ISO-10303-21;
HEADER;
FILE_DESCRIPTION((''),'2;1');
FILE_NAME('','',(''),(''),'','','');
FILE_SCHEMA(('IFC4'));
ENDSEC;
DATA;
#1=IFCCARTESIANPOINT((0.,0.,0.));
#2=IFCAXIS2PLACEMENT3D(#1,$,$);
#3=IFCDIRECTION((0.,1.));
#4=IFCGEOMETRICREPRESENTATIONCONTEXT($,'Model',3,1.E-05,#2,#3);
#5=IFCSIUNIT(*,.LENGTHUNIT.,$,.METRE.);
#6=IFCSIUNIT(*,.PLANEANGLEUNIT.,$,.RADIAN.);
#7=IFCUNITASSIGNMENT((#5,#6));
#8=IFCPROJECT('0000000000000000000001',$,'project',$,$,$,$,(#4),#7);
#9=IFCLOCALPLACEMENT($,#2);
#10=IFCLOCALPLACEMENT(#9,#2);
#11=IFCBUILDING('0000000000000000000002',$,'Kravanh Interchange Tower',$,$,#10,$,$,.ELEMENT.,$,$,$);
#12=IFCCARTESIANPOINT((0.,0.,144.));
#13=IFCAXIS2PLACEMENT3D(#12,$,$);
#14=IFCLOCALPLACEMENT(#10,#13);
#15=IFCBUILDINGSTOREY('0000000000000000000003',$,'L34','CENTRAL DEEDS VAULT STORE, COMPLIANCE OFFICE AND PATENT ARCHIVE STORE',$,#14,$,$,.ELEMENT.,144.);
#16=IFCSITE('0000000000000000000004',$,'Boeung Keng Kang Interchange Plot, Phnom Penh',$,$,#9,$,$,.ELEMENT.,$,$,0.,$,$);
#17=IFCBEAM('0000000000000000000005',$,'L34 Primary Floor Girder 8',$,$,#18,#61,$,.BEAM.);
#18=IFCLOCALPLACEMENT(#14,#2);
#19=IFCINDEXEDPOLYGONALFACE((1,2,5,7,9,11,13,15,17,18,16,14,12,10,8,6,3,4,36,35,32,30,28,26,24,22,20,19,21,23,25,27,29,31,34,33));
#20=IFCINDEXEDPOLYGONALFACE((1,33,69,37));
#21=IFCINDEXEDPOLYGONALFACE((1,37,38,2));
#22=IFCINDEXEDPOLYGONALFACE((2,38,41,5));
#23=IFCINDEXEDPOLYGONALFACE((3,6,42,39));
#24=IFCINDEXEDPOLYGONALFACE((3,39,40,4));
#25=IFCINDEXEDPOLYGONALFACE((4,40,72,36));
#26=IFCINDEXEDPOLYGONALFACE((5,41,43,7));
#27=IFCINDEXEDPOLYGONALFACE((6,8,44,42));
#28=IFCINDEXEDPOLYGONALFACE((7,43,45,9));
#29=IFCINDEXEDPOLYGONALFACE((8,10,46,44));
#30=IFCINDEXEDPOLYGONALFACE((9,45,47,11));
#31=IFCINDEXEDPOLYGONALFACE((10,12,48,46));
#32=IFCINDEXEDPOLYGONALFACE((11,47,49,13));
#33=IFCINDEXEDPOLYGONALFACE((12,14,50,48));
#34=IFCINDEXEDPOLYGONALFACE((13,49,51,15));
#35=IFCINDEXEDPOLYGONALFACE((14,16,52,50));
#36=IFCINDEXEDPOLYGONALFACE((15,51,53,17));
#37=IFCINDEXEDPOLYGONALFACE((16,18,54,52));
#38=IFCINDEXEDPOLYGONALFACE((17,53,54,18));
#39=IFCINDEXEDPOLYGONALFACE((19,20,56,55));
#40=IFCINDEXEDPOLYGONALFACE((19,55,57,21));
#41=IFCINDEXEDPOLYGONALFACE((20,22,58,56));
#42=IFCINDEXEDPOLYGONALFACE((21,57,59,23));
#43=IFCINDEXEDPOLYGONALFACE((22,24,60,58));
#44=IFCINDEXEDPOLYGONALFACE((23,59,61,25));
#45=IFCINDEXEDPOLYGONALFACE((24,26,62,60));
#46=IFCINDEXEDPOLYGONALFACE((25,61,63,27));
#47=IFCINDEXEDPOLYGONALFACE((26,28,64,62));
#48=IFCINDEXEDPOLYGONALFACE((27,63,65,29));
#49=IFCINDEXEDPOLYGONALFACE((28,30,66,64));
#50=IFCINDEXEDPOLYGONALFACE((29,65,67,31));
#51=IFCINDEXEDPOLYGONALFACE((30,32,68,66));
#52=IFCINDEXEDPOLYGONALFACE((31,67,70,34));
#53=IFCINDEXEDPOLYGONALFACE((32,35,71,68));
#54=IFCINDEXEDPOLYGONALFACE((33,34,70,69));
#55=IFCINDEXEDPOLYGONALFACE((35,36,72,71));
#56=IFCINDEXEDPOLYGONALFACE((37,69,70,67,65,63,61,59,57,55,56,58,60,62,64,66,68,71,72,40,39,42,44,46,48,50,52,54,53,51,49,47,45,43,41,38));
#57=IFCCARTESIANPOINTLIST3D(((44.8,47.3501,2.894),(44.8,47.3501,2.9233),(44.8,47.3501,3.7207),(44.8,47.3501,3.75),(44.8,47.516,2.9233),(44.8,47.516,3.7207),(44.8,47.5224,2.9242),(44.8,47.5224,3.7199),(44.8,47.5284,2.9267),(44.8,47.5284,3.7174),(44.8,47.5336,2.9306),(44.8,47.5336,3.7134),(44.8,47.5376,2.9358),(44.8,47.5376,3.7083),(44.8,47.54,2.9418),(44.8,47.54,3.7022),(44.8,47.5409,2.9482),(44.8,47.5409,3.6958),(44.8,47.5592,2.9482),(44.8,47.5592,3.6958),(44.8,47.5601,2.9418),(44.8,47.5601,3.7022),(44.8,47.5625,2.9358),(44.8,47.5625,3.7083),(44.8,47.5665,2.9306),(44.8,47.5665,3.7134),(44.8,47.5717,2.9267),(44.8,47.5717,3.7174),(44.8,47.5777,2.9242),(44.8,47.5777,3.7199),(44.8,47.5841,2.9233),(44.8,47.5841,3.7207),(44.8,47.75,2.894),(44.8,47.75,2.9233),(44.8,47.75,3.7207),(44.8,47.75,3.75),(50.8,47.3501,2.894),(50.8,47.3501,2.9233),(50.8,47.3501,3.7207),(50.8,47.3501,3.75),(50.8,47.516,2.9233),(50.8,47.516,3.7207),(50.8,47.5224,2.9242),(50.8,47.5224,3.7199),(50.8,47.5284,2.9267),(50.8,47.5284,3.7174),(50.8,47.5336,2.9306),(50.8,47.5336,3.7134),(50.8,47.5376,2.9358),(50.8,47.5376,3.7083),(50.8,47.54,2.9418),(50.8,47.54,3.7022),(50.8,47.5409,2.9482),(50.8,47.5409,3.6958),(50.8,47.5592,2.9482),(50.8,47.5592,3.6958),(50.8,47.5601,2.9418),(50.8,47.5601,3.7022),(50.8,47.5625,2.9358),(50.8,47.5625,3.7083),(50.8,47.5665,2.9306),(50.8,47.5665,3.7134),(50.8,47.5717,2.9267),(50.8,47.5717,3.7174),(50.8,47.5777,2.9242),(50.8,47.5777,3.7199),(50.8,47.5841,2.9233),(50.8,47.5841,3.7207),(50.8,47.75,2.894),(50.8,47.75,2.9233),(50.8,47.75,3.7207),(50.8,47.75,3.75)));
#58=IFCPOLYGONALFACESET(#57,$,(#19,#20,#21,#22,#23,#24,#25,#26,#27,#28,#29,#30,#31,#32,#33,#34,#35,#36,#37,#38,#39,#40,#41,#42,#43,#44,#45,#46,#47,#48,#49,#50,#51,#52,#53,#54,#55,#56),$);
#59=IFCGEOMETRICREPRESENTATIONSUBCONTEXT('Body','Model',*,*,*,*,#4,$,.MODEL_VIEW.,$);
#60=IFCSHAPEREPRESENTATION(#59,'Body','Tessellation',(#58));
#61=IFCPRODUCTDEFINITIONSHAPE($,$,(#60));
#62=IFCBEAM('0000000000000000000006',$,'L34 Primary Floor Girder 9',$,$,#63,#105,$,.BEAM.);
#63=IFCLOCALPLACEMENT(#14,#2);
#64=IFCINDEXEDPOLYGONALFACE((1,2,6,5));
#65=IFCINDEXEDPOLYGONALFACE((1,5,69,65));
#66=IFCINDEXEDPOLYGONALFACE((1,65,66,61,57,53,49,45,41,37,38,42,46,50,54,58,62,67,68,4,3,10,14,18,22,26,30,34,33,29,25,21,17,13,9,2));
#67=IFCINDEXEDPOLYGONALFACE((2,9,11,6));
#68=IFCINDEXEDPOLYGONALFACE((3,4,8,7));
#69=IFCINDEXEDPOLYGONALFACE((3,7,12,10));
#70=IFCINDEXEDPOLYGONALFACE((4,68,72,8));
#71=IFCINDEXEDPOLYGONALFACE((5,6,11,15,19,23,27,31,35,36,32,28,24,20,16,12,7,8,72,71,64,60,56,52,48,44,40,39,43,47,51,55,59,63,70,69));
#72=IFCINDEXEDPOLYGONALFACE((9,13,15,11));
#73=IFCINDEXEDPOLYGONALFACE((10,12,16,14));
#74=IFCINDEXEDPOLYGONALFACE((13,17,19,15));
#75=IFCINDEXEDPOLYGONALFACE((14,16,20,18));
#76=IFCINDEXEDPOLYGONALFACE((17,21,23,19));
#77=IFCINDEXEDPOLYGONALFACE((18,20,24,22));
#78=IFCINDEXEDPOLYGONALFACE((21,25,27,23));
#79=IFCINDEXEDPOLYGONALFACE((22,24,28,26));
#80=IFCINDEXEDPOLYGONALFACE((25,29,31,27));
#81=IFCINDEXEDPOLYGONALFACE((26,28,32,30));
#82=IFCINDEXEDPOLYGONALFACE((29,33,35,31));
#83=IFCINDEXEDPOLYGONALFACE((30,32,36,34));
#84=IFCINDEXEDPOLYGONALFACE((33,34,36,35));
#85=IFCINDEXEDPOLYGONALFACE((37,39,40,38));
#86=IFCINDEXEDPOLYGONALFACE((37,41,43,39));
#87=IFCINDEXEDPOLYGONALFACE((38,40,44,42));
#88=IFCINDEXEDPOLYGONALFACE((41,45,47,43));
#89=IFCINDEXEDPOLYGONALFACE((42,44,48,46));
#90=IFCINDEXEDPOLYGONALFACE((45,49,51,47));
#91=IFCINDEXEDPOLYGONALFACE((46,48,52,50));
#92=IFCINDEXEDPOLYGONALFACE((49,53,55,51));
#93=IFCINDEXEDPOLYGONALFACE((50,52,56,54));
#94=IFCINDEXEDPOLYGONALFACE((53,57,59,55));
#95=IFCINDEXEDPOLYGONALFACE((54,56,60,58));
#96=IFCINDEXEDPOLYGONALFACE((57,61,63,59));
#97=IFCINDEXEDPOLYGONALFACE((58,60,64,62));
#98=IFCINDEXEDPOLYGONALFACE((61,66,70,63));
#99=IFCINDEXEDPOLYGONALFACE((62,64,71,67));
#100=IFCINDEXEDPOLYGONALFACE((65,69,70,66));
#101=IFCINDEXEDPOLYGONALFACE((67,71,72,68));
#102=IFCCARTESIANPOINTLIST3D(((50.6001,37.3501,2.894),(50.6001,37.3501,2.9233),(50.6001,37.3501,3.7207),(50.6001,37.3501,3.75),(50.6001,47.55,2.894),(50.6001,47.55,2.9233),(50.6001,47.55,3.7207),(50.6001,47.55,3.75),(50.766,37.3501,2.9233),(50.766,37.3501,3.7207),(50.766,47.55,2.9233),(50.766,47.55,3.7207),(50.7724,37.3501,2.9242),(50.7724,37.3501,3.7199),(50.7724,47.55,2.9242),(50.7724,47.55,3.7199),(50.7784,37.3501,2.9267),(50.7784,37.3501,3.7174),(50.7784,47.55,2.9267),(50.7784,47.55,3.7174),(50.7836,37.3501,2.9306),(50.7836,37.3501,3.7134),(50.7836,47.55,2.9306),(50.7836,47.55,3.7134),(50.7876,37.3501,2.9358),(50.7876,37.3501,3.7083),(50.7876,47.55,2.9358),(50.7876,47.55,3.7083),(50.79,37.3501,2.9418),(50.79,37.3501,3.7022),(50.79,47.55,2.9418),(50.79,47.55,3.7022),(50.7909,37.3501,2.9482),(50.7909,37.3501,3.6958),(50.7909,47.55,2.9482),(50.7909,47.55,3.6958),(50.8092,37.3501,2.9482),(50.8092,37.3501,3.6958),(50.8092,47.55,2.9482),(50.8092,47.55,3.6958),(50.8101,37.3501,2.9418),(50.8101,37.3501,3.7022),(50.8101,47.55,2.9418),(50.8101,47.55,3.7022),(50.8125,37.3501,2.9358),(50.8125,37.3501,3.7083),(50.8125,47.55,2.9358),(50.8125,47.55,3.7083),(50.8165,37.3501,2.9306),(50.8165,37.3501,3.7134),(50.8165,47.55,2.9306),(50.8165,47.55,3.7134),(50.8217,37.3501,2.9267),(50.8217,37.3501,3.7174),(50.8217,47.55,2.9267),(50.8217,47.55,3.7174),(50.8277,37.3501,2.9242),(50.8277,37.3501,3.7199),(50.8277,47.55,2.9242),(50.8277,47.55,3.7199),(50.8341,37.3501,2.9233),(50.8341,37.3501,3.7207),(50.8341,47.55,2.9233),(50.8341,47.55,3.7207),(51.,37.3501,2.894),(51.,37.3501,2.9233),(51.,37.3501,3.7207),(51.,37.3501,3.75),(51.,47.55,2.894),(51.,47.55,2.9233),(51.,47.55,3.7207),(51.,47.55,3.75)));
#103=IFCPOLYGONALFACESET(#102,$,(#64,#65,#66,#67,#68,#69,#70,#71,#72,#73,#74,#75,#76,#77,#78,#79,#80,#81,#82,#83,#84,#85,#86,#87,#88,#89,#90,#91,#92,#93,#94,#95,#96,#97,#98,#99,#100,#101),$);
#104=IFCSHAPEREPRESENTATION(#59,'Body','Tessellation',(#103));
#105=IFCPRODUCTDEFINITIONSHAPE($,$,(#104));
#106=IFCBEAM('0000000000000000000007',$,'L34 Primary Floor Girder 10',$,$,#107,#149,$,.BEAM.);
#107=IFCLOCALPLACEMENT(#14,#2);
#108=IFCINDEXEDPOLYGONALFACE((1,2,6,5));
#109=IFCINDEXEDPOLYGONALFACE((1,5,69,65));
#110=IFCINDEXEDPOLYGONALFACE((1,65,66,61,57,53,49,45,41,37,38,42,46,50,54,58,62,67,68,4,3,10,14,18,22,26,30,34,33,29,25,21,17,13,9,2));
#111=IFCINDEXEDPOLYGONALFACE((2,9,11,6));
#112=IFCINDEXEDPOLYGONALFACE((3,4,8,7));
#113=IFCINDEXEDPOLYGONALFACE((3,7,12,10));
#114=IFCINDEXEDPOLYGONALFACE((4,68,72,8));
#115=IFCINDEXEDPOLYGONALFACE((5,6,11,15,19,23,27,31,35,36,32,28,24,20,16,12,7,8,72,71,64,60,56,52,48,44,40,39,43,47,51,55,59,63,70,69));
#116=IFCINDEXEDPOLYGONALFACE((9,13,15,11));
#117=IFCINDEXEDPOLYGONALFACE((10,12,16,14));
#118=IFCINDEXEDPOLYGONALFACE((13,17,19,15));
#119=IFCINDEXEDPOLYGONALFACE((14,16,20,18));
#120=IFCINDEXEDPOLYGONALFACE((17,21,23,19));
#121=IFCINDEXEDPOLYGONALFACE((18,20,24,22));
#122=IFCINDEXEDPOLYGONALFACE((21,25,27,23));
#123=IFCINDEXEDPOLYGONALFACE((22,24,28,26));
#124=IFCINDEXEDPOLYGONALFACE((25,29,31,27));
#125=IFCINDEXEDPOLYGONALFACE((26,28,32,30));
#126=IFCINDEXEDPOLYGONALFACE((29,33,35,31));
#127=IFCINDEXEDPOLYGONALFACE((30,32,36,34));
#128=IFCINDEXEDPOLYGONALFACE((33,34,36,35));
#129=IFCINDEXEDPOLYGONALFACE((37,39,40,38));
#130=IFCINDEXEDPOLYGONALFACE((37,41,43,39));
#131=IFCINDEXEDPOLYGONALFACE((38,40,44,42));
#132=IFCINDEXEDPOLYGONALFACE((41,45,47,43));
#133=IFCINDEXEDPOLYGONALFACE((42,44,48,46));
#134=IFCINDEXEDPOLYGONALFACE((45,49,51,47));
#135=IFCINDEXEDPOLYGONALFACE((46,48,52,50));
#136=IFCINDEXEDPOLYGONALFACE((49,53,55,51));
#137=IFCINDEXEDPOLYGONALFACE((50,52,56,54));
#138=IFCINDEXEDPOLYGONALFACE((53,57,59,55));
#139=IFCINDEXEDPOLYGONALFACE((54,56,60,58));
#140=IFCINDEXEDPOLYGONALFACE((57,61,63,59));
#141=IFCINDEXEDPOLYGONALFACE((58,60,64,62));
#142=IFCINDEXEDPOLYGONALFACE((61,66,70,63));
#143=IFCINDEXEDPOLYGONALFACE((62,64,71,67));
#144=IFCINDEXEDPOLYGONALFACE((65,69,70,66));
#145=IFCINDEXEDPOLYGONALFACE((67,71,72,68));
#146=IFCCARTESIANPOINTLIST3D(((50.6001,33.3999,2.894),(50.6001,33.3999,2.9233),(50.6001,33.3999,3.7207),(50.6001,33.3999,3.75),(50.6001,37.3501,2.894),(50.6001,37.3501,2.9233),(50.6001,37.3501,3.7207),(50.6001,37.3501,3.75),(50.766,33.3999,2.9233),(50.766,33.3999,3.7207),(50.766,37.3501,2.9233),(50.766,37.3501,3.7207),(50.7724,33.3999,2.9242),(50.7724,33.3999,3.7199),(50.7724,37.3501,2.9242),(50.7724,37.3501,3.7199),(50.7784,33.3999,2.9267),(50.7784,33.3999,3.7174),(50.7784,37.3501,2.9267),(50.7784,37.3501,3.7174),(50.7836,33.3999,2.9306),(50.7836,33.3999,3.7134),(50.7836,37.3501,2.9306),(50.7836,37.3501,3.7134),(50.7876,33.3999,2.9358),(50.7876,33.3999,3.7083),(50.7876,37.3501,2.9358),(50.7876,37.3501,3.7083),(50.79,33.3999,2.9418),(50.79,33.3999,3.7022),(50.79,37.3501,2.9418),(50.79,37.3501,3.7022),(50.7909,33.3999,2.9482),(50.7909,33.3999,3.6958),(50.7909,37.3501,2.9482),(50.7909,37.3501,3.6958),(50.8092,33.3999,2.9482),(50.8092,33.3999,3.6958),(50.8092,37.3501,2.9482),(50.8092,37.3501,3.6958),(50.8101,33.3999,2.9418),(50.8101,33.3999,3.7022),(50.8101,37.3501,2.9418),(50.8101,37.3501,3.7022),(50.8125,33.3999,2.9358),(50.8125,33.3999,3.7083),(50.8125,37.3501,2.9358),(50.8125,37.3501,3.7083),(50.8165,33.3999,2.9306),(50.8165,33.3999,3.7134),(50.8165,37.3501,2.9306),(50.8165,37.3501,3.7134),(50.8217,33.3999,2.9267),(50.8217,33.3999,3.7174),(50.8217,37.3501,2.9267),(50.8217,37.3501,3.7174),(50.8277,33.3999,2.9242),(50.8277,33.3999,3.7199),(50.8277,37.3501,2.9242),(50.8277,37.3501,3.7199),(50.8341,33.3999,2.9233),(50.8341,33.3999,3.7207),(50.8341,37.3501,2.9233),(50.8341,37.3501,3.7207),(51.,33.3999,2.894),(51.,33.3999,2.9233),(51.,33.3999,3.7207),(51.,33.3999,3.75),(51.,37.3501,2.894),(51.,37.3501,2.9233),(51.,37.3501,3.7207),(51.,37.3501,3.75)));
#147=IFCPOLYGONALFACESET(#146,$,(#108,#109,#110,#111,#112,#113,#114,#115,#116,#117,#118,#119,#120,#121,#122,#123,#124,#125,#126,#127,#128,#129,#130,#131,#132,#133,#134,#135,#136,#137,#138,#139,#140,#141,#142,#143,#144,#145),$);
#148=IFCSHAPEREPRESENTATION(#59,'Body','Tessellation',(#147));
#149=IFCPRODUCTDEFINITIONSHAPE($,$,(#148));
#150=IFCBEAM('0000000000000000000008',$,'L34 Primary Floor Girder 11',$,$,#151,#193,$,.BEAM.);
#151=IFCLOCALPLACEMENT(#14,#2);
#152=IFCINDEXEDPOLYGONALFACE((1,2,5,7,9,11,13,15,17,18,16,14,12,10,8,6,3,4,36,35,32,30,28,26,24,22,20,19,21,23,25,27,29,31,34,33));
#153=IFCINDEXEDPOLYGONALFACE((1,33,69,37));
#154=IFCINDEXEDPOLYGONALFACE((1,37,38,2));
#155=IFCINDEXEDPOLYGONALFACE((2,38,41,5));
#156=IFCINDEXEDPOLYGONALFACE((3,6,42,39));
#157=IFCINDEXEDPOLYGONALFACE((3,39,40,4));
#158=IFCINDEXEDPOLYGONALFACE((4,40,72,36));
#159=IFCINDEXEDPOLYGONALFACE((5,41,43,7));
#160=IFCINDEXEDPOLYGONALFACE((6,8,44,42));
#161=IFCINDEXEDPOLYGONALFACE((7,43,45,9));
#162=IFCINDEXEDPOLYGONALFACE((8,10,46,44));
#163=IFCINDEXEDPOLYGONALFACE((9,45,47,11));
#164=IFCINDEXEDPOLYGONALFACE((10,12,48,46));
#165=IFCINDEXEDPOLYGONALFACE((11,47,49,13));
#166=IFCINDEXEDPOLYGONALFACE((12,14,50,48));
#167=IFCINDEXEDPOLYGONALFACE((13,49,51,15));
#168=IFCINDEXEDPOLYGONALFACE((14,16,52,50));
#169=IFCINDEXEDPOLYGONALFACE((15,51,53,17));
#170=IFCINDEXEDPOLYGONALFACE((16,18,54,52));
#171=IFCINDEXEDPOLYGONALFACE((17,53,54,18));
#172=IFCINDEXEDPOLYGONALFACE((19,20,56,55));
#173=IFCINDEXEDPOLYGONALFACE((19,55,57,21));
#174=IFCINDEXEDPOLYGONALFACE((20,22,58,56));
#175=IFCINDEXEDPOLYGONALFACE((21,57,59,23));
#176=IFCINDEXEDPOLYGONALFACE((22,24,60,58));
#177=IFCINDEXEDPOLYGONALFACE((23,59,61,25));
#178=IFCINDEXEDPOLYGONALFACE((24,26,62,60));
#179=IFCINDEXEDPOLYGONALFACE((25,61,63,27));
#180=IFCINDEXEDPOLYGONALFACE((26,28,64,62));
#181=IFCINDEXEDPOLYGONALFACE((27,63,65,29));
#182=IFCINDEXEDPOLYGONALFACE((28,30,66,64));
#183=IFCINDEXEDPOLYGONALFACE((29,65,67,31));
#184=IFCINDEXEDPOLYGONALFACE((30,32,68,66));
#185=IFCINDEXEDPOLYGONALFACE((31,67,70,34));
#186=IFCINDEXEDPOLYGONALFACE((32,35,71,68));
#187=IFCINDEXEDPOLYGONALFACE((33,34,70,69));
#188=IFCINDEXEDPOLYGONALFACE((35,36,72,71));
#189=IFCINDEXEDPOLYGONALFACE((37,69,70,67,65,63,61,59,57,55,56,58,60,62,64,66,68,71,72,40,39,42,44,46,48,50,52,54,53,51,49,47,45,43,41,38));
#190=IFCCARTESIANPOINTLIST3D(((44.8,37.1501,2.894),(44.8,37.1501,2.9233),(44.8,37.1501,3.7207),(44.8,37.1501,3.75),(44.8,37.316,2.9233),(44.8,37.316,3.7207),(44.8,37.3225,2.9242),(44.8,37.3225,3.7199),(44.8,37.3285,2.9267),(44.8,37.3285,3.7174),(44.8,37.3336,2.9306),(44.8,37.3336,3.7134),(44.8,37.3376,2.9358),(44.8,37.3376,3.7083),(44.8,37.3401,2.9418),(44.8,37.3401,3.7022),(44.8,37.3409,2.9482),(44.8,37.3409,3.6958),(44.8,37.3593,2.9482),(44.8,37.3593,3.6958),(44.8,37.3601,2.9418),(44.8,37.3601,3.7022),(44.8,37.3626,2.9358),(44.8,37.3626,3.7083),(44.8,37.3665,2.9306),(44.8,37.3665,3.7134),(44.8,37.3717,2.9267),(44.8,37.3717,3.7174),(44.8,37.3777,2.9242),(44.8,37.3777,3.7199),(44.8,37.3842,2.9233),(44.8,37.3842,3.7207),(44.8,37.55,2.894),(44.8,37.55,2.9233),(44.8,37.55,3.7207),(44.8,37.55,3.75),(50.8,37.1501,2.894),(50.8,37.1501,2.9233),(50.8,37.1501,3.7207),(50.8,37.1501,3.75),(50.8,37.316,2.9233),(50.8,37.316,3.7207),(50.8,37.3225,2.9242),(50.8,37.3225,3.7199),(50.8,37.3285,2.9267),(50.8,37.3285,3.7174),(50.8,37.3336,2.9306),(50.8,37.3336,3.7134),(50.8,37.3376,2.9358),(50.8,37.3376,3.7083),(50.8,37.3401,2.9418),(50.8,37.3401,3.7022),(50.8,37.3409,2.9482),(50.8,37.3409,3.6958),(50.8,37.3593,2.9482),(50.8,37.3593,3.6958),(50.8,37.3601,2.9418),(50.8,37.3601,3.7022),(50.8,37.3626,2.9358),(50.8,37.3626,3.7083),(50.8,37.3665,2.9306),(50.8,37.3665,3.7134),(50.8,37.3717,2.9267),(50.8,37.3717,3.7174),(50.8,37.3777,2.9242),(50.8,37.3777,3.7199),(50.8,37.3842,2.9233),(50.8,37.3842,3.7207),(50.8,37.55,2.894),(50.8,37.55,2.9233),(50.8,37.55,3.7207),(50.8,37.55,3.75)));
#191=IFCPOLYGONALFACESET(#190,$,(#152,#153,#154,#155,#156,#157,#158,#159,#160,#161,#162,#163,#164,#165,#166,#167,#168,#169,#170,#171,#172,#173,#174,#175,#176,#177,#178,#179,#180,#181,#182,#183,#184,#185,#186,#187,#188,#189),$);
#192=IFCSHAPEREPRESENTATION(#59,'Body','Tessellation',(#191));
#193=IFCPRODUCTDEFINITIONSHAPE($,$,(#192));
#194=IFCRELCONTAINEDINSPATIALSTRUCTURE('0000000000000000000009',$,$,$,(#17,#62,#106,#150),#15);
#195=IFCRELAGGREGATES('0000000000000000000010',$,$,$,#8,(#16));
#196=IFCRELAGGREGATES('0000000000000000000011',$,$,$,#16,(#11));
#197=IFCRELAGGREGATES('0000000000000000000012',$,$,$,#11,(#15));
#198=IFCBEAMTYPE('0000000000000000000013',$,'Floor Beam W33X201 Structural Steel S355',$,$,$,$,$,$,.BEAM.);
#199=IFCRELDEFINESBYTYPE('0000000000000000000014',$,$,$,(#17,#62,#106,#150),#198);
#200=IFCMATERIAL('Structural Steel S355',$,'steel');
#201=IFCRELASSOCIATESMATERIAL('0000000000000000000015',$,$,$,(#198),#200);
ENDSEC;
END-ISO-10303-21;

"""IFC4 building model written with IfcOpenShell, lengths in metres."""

from ifc_helpers import new_model, si_unit, direction, frame, origin, origin_2d, place, context, subcontext, project, spatial, i_section, extrude, material, material_profile, profile_set, type_object, element, save


model = new_model("IFC4")

# Units and contexts
model_context = context("Model", 3, precision=1e-05, world=origin(), true_north=direction((0.0, 1.0)))
body_context = subcontext(model_context, "Body", "Model", "MODEL_VIEW")
ifc_project = project(units=[si_unit("LENGTHUNIT", "METRE"), si_unit("PLANEANGLEUNIT", "RADIAN")], contexts=[model_context])

# Site, building, storey
site_placement = place(None, origin())
site = spatial("IfcSite", under=ifc_project, at=site_placement, Name="Boeung Keng Kang Interchange Plot, Phnom Penh", CompositionType="ELEMENT", RefElevation=0.0)
building_placement = place(site_placement, origin())
building = spatial("IfcBuilding", under=site, at=building_placement, Name="Kravanh Interchange Tower", CompositionType="ELEMENT")
storey_placement = place(building_placement, frame((0.0, 0.0, 144.0)))
storey = spatial("IfcBuildingStorey", under=building, at=storey_placement, Name="L34", Description="CENTRAL DEEDS VAULT STORE, COMPLIANCE OFFICE AND PATENT ARCHIVE STORE", CompositionType="ELEMENT", Elevation=144.0)

# Beams
ifc_material_1 = material(Name="Structural Steel S355", Category="steel")
ifc_material_profile_1 = material_profile(ifc_material_1, i_section(OverallWidth=0.3999, OverallDepth=0.856, WebThickness=0.0183, FlangeThickness=0.0293, FilletRadius=0.0249, at=origin_2d()), Name="W33X201")
ifc_profile_set_1 = profile_set([ifc_material_profile_1], Name="Structural Steel S355")
beam_type_1 = type_object("IfcBeamType", Name="Floor Beam W33X201 Structural Steel S355", PredefinedType="BEAM", material=ifc_profile_set_1)
beam_1_placement = place(storey_placement, frame((50.8, 47.55, 3.322), z_axis=(-1.0, 0.0, 0.0), x_axis=(0.0, -1.0, 0.0)))
element("IfcBeam", 1, at=beam_1_placement, inside=storey, type_object=beam_type_1, Name="L34 Primary Floor Girder 8", PredefinedType="BEAM", context=body_context, shape_type="SweptSolid", body=[
    extrude(i_section(OverallWidth=0.3999, OverallDepth=0.856, WebThickness=0.0183, FlangeThickness=0.0293, FilletRadius=0.0249, at=origin_2d()), origin(), (0.0, 0.0, 1.0), 6.0),
])
beam_2_placement = place(storey_placement, frame((50.8, 47.55, 3.322), z_axis=(0.0, -1.0, 0.0), x_axis=(1.0, 0.0, 0.0)))
element("IfcBeam", 2, at=beam_2_placement, inside=storey, type_object=beam_type_1, Name="L34 Primary Floor Girder 9", PredefinedType="BEAM", context=body_context, shape_type="SweptSolid", body=[
    extrude(i_section(OverallWidth=0.3999, OverallDepth=0.856, WebThickness=0.0183, FlangeThickness=0.0293, FilletRadius=0.0249, at=origin_2d()), origin(), (0.0, 0.0, 1.0), 10.2),
])
beam_3_placement = place(storey_placement, frame((50.8, 37.3501, 3.322), z_axis=(0.0, -1.0, 0.0), x_axis=(1.0, 0.0, 0.0)))
element("IfcBeam", 3, at=beam_3_placement, inside=storey, type_object=beam_type_1, Name="L34 Primary Floor Girder 10", PredefinedType="BEAM", context=body_context, shape_type="SweptSolid", body=[
    extrude(i_section(OverallWidth=0.3999, OverallDepth=0.856, WebThickness=0.0183, FlangeThickness=0.0293, FilletRadius=0.0249, at=origin_2d()), origin(), (0.0, 0.0, 1.0), 3.9502),
])
beam_4_placement = place(storey_placement, frame((50.8, 37.3501, 3.322), z_axis=(-1.0, 0.0, 0.0), x_axis=(0.0, -1.0, 0.0)))
element("IfcBeam", 4, at=beam_4_placement, inside=storey, type_object=beam_type_1, Name="L34 Primary Floor Girder 11", PredefinedType="BEAM", context=body_context, shape_type="SweptSolid", body=[
    extrude(i_section(OverallWidth=0.3999, OverallDepth=0.856, WebThickness=0.0183, FlangeThickness=0.0293, FilletRadius=0.0249, at=origin_2d()), origin(), (0.0, 0.0, 1.0), 6.0),
])

save(model, "model.ifc")
